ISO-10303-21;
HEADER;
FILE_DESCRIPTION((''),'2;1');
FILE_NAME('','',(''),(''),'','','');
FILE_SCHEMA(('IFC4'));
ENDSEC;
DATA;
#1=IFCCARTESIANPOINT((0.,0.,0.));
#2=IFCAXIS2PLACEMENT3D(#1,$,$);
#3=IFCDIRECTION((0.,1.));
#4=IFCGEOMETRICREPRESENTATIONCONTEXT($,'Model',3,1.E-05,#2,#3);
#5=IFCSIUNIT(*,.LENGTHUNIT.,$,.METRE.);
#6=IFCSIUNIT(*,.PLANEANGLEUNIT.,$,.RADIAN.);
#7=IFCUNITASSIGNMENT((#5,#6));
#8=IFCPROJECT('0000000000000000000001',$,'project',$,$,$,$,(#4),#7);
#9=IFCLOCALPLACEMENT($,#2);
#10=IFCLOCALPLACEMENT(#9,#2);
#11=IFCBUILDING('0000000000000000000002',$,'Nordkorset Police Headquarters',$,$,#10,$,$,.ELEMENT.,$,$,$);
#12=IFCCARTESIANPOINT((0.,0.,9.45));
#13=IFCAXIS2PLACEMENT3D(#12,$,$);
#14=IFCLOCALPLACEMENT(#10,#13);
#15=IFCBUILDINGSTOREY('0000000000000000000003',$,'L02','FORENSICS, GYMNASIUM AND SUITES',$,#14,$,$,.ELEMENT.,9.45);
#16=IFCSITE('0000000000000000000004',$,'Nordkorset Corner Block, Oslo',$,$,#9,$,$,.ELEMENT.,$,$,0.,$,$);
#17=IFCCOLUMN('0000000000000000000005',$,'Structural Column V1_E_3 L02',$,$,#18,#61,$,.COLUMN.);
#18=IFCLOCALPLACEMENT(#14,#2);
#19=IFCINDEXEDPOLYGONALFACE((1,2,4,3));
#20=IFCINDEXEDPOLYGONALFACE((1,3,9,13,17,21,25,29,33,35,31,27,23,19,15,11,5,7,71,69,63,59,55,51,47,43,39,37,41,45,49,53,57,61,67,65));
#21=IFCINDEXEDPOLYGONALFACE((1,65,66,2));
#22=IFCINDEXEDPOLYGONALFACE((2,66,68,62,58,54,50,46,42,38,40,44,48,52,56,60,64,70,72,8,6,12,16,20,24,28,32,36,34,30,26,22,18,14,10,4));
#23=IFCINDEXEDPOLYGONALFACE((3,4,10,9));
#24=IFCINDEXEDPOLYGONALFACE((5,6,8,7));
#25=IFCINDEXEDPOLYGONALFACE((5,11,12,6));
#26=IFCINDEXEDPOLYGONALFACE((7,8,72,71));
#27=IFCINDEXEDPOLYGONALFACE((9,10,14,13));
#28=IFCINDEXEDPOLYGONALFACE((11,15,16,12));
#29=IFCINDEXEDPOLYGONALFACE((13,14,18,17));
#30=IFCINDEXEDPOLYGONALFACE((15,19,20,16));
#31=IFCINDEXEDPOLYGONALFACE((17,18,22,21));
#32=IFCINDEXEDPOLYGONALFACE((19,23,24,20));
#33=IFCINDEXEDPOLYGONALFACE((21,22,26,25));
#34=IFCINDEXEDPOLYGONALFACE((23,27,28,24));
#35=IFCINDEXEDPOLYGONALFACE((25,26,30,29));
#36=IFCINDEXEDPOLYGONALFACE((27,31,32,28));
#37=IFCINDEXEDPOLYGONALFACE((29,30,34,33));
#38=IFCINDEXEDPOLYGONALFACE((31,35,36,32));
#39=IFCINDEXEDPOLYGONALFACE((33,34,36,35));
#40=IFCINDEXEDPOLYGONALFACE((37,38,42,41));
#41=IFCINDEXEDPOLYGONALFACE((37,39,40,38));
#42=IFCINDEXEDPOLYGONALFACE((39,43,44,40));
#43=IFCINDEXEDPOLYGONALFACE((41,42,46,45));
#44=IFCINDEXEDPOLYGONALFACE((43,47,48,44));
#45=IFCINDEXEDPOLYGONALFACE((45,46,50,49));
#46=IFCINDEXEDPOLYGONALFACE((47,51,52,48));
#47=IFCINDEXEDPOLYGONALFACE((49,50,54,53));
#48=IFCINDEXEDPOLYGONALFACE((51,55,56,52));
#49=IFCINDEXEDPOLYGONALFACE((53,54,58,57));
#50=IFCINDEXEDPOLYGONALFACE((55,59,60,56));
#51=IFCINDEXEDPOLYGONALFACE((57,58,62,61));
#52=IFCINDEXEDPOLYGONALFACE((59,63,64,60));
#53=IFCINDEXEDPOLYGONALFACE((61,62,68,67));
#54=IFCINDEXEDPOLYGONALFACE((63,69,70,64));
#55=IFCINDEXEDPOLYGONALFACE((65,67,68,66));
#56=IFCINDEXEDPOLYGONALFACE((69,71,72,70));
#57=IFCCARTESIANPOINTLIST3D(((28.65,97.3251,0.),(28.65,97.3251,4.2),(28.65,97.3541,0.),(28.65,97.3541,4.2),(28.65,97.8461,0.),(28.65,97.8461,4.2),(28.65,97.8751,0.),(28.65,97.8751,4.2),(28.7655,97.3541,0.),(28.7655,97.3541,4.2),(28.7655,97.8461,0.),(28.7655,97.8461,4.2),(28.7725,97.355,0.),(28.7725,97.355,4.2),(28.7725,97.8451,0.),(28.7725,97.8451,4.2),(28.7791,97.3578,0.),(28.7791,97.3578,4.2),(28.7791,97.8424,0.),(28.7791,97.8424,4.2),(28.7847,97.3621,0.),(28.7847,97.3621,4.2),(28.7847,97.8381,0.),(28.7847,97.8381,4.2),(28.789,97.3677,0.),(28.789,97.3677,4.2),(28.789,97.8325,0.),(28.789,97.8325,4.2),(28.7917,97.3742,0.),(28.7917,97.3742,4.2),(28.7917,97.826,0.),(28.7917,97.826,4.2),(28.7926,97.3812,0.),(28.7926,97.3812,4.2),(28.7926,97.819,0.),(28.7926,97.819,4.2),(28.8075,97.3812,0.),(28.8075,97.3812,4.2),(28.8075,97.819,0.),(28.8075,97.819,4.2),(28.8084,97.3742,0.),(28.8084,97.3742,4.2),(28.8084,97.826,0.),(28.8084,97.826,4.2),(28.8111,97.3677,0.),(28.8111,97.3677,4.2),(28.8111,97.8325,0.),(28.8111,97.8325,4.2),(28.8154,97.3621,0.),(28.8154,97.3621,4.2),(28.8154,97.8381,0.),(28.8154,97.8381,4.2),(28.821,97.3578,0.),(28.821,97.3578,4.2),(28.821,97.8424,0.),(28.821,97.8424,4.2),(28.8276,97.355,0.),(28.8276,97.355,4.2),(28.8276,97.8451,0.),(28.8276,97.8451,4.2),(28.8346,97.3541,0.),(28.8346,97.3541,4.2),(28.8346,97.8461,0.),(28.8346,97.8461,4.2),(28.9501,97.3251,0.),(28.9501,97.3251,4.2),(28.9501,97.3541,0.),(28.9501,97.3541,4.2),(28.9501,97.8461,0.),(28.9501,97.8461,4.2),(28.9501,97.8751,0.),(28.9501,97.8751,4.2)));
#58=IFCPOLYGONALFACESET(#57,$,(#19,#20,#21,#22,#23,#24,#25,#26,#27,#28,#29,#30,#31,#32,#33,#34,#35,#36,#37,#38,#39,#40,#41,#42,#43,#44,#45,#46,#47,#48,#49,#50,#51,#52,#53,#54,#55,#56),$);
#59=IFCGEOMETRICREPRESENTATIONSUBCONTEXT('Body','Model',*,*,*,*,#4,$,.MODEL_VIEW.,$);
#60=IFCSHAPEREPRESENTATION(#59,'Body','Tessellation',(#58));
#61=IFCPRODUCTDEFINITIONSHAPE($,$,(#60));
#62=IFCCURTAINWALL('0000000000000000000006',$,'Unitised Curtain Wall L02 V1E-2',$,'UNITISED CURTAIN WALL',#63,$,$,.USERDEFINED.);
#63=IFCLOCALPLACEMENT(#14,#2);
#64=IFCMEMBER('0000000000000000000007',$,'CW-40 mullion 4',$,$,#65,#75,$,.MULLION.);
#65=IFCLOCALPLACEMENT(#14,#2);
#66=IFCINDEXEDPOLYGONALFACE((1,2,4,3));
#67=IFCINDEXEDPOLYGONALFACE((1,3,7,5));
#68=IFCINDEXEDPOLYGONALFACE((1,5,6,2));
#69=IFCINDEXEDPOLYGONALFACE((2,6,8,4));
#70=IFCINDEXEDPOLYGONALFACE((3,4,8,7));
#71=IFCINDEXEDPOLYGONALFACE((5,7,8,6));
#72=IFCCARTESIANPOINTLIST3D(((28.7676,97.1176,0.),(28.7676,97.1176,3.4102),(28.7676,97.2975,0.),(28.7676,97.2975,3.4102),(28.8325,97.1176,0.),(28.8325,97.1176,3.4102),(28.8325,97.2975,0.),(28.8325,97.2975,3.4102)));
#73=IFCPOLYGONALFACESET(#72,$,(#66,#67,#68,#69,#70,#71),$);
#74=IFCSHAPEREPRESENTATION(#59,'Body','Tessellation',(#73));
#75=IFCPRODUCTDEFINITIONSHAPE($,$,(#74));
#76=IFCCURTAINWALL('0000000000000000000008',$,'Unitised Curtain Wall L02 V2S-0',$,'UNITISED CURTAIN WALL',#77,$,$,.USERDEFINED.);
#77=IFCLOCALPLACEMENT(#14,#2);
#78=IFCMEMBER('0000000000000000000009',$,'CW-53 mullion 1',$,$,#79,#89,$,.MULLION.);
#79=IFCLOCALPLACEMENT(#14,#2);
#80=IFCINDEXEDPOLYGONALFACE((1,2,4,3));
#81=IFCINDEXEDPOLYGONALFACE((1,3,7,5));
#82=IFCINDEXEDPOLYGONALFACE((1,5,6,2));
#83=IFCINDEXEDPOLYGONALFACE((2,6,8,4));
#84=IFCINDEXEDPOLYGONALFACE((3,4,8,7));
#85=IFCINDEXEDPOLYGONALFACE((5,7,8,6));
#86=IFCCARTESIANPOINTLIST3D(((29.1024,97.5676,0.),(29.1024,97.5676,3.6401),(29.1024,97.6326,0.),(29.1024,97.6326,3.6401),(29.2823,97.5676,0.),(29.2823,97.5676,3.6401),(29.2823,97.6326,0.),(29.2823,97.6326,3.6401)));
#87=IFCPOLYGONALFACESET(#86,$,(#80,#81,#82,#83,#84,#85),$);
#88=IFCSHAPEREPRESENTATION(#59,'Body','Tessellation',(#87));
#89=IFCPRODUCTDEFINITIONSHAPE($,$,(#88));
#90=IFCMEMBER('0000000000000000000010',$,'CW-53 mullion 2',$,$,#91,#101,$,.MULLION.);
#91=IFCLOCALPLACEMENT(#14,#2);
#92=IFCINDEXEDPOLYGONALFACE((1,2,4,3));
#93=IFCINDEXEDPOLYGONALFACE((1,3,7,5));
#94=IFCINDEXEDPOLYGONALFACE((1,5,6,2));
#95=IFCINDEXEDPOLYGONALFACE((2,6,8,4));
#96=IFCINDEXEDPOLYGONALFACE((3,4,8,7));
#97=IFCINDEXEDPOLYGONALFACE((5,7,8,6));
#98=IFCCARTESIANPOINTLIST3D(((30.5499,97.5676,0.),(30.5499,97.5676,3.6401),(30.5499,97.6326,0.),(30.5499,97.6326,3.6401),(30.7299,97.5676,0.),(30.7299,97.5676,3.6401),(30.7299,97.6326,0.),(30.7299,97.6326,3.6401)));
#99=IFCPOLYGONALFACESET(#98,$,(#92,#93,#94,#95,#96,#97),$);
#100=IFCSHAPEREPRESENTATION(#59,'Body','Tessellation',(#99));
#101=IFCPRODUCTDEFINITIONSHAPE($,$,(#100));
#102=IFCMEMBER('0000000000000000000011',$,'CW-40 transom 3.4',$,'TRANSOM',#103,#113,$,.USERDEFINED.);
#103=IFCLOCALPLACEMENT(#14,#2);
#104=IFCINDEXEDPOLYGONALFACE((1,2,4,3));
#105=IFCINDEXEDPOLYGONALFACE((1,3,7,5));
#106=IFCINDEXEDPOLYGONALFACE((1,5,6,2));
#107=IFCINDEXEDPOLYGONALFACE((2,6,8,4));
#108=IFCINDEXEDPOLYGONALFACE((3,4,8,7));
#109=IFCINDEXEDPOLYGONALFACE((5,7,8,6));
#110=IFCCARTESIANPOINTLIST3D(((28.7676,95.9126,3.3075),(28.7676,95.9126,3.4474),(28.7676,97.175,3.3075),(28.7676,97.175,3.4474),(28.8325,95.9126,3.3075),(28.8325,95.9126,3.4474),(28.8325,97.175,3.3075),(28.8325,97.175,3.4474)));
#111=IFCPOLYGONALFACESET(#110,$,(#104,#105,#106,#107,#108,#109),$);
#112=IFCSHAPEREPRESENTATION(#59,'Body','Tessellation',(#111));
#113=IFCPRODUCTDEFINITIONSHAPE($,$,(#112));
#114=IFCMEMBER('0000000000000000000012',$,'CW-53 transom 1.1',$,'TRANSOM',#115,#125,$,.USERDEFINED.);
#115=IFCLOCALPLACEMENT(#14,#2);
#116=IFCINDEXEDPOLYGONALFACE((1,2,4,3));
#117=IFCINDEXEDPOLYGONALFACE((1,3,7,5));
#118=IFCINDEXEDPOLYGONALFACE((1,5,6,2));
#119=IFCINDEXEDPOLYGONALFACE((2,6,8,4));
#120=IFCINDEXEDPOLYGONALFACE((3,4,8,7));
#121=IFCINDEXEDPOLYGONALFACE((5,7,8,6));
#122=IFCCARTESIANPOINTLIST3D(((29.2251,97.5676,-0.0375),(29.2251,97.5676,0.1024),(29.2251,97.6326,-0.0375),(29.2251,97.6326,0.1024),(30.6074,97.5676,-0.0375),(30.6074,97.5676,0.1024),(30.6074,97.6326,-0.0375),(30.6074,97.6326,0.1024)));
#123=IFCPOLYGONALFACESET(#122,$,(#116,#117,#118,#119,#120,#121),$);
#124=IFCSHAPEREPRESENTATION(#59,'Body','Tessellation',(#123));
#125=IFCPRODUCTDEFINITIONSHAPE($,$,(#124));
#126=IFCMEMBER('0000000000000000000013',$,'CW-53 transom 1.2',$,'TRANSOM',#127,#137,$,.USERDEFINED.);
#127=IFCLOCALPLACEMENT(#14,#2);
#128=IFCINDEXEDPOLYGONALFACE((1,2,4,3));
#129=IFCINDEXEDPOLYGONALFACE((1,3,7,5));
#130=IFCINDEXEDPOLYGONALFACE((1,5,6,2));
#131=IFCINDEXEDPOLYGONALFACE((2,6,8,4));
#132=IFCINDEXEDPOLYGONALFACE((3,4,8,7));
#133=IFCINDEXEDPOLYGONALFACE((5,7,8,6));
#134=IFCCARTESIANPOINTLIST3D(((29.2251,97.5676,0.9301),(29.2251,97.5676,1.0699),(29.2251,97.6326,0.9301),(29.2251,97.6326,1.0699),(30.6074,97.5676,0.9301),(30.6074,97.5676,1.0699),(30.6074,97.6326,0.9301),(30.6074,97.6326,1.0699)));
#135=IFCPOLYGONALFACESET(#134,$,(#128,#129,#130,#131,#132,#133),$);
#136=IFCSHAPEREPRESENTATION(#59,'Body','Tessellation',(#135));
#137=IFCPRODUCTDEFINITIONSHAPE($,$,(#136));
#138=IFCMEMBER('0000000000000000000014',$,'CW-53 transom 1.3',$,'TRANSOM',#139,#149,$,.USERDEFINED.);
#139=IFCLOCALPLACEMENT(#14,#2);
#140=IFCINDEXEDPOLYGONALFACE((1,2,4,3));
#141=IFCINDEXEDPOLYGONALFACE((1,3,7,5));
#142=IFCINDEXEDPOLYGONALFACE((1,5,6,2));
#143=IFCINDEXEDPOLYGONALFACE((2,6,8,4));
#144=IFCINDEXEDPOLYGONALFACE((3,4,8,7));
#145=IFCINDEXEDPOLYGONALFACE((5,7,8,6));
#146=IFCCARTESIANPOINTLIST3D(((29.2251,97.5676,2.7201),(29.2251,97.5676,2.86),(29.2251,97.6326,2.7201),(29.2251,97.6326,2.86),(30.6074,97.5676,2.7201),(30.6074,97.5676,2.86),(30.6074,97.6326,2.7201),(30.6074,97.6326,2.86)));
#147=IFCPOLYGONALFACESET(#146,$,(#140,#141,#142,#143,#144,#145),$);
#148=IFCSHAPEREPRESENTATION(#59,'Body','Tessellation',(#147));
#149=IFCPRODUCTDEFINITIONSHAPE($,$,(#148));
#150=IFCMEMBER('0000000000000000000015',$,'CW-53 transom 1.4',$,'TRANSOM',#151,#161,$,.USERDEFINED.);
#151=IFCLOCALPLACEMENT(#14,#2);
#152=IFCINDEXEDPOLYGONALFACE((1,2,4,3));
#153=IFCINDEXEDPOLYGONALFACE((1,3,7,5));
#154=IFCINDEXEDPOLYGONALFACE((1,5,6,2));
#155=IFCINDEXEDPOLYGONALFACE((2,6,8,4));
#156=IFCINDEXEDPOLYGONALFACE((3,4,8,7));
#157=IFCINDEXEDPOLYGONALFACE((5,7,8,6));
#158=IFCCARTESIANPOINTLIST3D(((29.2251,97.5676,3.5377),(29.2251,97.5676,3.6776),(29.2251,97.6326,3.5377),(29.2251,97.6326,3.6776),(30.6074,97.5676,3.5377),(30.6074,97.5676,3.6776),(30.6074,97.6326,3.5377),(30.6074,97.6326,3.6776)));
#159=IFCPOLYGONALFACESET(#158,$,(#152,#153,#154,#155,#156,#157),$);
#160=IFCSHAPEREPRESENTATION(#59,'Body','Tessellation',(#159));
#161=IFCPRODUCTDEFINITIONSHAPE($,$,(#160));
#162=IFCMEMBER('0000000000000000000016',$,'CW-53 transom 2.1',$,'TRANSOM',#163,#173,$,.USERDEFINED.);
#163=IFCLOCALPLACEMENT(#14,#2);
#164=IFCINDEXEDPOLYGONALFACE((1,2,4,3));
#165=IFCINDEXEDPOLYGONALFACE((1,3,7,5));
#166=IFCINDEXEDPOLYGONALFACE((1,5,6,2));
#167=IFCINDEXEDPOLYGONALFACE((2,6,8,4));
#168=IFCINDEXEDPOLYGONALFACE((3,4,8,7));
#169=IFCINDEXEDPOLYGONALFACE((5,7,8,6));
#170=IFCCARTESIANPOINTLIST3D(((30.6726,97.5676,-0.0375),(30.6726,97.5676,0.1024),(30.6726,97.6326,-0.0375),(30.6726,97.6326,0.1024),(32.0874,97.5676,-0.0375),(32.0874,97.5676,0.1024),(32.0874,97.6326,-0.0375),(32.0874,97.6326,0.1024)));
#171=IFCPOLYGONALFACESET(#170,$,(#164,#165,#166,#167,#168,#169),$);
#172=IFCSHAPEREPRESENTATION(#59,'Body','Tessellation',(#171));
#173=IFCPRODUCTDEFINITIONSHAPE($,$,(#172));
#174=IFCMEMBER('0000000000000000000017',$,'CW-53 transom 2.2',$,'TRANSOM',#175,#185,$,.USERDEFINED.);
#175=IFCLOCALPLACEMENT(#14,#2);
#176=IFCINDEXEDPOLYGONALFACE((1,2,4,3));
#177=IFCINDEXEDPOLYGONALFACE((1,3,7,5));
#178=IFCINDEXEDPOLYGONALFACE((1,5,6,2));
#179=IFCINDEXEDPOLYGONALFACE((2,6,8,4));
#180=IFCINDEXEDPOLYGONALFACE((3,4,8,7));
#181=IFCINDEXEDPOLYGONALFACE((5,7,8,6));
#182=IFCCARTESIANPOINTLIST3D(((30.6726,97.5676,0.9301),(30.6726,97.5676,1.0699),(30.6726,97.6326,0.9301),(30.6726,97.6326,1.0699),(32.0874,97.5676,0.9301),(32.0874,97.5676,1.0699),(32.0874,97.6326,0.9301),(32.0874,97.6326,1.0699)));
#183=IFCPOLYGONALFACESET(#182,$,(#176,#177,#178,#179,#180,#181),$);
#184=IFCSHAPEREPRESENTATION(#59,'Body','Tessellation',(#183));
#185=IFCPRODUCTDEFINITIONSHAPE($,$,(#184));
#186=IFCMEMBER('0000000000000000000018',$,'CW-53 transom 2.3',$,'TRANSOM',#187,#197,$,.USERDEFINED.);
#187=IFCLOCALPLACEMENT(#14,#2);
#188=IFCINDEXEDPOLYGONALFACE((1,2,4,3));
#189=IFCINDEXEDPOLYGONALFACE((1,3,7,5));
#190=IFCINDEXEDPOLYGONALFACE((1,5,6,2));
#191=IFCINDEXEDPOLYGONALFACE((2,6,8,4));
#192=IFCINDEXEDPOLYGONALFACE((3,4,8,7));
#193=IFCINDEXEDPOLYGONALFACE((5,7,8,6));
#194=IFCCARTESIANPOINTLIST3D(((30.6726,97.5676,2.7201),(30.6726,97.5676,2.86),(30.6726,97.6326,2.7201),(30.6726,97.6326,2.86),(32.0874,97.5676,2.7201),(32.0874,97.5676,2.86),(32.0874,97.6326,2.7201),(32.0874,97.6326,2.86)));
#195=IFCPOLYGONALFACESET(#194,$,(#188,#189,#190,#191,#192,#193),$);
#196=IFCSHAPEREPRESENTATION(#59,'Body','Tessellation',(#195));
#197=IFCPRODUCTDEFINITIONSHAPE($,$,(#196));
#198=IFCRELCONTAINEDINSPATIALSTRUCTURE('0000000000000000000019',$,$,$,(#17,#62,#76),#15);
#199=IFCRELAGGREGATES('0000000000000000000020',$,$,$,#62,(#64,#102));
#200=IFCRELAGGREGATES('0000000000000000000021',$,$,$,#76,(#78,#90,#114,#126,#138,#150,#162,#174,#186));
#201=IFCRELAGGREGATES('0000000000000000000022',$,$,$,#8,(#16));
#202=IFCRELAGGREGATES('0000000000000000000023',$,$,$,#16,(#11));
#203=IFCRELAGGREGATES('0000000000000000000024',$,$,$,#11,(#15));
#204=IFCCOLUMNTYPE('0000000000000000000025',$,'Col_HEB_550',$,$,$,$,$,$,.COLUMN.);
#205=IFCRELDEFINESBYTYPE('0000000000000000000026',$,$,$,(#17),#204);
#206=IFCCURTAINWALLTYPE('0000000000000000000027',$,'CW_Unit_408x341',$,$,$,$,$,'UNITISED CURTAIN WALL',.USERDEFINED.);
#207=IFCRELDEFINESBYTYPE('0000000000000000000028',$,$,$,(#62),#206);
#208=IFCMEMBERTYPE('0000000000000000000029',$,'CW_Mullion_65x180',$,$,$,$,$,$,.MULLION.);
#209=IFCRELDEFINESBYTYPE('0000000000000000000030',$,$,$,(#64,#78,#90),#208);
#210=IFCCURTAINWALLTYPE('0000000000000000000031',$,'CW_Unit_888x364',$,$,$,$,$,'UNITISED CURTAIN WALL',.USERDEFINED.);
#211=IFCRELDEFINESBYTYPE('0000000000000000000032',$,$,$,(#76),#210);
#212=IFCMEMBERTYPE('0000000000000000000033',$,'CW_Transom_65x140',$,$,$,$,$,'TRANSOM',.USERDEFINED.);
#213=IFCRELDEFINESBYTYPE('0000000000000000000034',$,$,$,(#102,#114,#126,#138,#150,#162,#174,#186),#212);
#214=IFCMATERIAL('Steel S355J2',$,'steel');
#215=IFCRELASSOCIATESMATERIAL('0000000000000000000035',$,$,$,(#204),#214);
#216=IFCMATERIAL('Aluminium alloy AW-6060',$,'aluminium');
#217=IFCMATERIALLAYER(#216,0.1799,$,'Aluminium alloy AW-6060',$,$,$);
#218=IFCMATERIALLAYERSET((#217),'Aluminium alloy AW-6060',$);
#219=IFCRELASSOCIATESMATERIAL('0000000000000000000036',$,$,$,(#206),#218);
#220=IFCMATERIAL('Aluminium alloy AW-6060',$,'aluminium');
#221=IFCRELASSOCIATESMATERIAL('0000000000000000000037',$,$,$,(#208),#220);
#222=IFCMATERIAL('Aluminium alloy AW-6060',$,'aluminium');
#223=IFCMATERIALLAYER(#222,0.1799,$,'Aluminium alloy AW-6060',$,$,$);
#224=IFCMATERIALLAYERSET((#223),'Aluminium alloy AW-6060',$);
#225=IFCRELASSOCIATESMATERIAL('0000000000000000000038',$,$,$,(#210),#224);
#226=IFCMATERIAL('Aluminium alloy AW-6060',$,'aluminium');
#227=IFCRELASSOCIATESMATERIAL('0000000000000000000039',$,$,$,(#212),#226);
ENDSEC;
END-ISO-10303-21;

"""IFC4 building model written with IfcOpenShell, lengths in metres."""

from ifc_helpers import new_model, si_unit, direction, frame, origin, origin_2d, place, context, subcontext, project, spatial, rectangle, i_section, extrude, material, layer, layer_set, material_profile, profile_set, type_object, element, aggregate, save


model = new_model("IFC4")

# Units and contexts
model_context = context("Model", 3, precision=1e-05, world=origin(), true_north=direction((0.0, 1.0)))
body_context = subcontext(model_context, "Body", "Model", "MODEL_VIEW")
ifc_project = project(units=[si_unit("LENGTHUNIT", "METRE"), si_unit("PLANEANGLEUNIT", "RADIAN")], contexts=[model_context])

# Site, building, storey
site_placement = place(None, origin())
site = spatial("IfcSite", under=ifc_project, at=site_placement, Name="Nordkorset Corner Block, Oslo", CompositionType="ELEMENT", RefElevation=0.0)
building_placement = place(site_placement, origin())
building = spatial("IfcBuilding", under=site, at=building_placement, Name="Nordkorset Police Headquarters", CompositionType="ELEMENT")
storey_placement = place(building_placement, frame((0.0, 0.0, 9.45)))
storey = spatial("IfcBuildingStorey", under=building, at=storey_placement, Name="L02", Description="FORENSICS, GYMNASIUM AND SUITES", CompositionType="ELEMENT", Elevation=9.45)

# Column
ifc_material_1 = material(Name="Steel S355J2", Category="steel")
ifc_material_profile_1 = material_profile(ifc_material_1, i_section(OverallWidth=0.3, OverallDepth=0.55, WebThickness=0.0149, FlangeThickness=0.0291, FilletRadius=0.0271, at=origin_2d()), Name="HEB 550")
ifc_profile_set_1 = profile_set([ifc_material_profile_1], Name="Steel S355J2")
column_type = type_object("IfcColumnType", Name="Col_HEB_550", PredefinedType="COLUMN", material=ifc_profile_set_1)
column_placement = place(storey_placement, frame((28.8, 97.6001, 0.0), z_axis=(0.0, 0.0, 1.0), x_axis=(1.0, 0.0, 0.0)))
element("IfcColumn", 1, at=column_placement, inside=storey, type_object=column_type, Name="Structural Column V1_E_3 L02", PredefinedType="COLUMN", context=body_context, shape_type="SweptSolid", body=[
    extrude(i_section(OverallWidth=0.3, OverallDepth=0.55, WebThickness=0.0149, FlangeThickness=0.0291, FilletRadius=0.0271, at=origin_2d()), origin(), (0.0, 0.0, 1.0), 4.2),
])

# Curtain wall, member
ifc_material_2 = material(Name="Aluminium alloy AW-6060", Category="aluminium")
ifc_layer_1 = layer(ifc_material_2, 0.1799, Name="Aluminium alloy AW-6060")
ifc_layer_set_1 = layer_set([ifc_layer_1], Name="Aluminium alloy AW-6060")
curtain_wall_type_1 = type_object("IfcCurtainWallType", Name="CW_Unit_408x341", ElementType="UNITISED CURTAIN WALL", PredefinedType="USERDEFINED", material=ifc_layer_set_1)
curtain_wall_1_placement = place(storey_placement, origin())
curtain_wall_1 = element("IfcCurtainWall", 2, at=curtain_wall_1_placement, inside=storey, type_object=curtain_wall_type_1, Name="Unitised Curtain Wall L02 V1E-2", ObjectType="UNITISED CURTAIN WALL", PredefinedType="USERDEFINED")
ifc_material_3 = material(Name="Aluminium alloy AW-6060", Category="aluminium")
ifc_material_profile_2 = material_profile(ifc_material_3, rectangle(XDim=0.0649, YDim=0.1799, at=origin_2d()), Name="ALU MULL 65x180")
ifc_profile_set_2 = profile_set([ifc_material_profile_2], Name="Aluminium alloy AW-6060")
member_type_1 = type_object("IfcMemberType", Name="CW_Mullion_65x180", PredefinedType="MULLION", material=ifc_profile_set_2)
member_1_placement = place(storey_placement, frame((28.8, 97.2075, 0.0), z_axis=(0.0, 0.0, 1.0), x_axis=(-1.0, 0.0, 0.0)))
member_1 = element("IfcMember", 3, at=member_1_placement, type_object=member_type_1, Name="CW-40 mullion 4", PredefinedType="MULLION", context=body_context, shape_type="SweptSolid", body=[
    extrude(rectangle(XDim=0.0649, YDim=0.1799, at=origin_2d()), origin(), (0.0, 0.0, 1.0), 3.4102),
])

# Curtain wall, members
ifc_material_4 = material(Name="Aluminium alloy AW-6060", Category="aluminium")
ifc_layer_2 = layer(ifc_material_4, 0.1799, Name="Aluminium alloy AW-6060")
ifc_layer_set_2 = layer_set([ifc_layer_2], Name="Aluminium alloy AW-6060")
curtain_wall_type_2 = type_object("IfcCurtainWallType", Name="CW_Unit_888x364", ElementType="UNITISED CURTAIN WALL", PredefinedType="USERDEFINED", material=ifc_layer_set_2)
curtain_wall_2_placement = place(storey_placement, origin())
curtain_wall_2 = element("IfcCurtainWall", 4, at=curtain_wall_2_placement, inside=storey, type_object=curtain_wall_type_2, Name="Unitised Curtain Wall L02 V2S-0", ObjectType="UNITISED CURTAIN WALL", PredefinedType="USERDEFINED")
member_2_placement = place(storey_placement, frame((29.1924, 97.6001, 0.0), z_axis=(0.0, 0.0, 1.0), x_axis=(0.0, 1.0, 0.0)))
member_2 = element("IfcMember", 5, at=member_2_placement, type_object=member_type_1, Name="CW-53 mullion 1", PredefinedType="MULLION", context=body_context, shape_type="SweptSolid", body=[
    extrude(rectangle(XDim=0.0649, YDim=0.1799, at=origin_2d()), origin(), (0.0, 0.0, 1.0), 3.6401),
])
member_3_placement = place(storey_placement, frame((30.6399, 97.6001, 0.0), z_axis=(0.0, 0.0, 1.0), x_axis=(0.0, 1.0, 0.0)))
member_3 = element("IfcMember", 6, at=member_3_placement, type_object=member_type_1, Name="CW-53 mullion 2", PredefinedType="MULLION", context=body_context, shape_type="SweptSolid", body=[
    extrude(rectangle(XDim=0.0649, YDim=0.1799, at=origin_2d()), origin(), (0.0, 0.0, 1.0), 3.6401),
])

# Members
ifc_material_5 = material(Name="Aluminium alloy AW-6060", Category="aluminium")
ifc_material_profile_3 = material_profile(ifc_material_5, rectangle(XDim=0.0649, YDim=0.1399, at=origin_2d()), Name="ALU TRAN 65x140")
ifc_profile_set_3 = profile_set([ifc_material_profile_3], Name="Aluminium alloy AW-6060")
member_type_2 = type_object("IfcMemberType", Name="CW_Transom_65x140", ElementType="TRANSOM", PredefinedType="USERDEFINED", material=ifc_profile_set_3)
member_4_placement = place(storey_placement, frame((28.8, 95.9126, 3.3774), z_axis=(0.0, 1.0, 0.0), x_axis=(-1.0, 0.0, 0.0)))
member_4 = element("IfcMember", 7, at=member_4_placement, type_object=member_type_2, Name="CW-40 transom 3.4", ObjectType="TRANSOM", PredefinedType="USERDEFINED", context=body_context, shape_type="SweptSolid", body=[
    extrude(rectangle(XDim=0.0649, YDim=0.1399, at=origin_2d()), origin(), (0.0, 0.0, 1.0), 1.2625),
])
member_5_placement = place(storey_placement, frame((29.2251, 97.6001, 0.0325), z_axis=(1.0, 0.0, 0.0), x_axis=(0.0, 1.0, 0.0)))
member_5 = element("IfcMember", 8, at=member_5_placement, type_object=member_type_2, Name="CW-53 transom 1.1", ObjectType="TRANSOM", PredefinedType="USERDEFINED", context=body_context, shape_type="SweptSolid", body=[
    extrude(rectangle(XDim=0.0649, YDim=0.1399, at=origin_2d()), origin(), (0.0, 0.0, 1.0), 1.3823),
])
member_6_placement = place(storey_placement, frame((29.2251, 97.6001, 1.0), z_axis=(1.0, 0.0, 0.0), x_axis=(0.0, 1.0, 0.0)))
member_6 = element("IfcMember", 9, at=member_6_placement, type_object=member_type_2, Name="CW-53 transom 1.2", ObjectType="TRANSOM", PredefinedType="USERDEFINED", context=body_context, shape_type="SweptSolid", body=[
    extrude(rectangle(XDim=0.0649, YDim=0.1399, at=origin_2d()), origin(), (0.0, 0.0, 1.0), 1.3823),
])
member_7_placement = place(storey_placement, frame((29.2251, 97.6001, 2.79), z_axis=(1.0, 0.0, 0.0), x_axis=(0.0, 1.0, 0.0)))
member_7 = element("IfcMember", 10, at=member_7_placement, type_object=member_type_2, Name="CW-53 transom 1.3", ObjectType="TRANSOM", PredefinedType="USERDEFINED", context=body_context, shape_type="SweptSolid", body=[
    extrude(rectangle(XDim=0.0649, YDim=0.1399, at=origin_2d()), origin(), (0.0, 0.0, 1.0), 1.3823),
])
member_8_placement = place(storey_placement, frame((29.2251, 97.6001, 3.6077), z_axis=(1.0, 0.0, 0.0), x_axis=(0.0, 1.0, 0.0)))
member_8 = element("IfcMember", 11, at=member_8_placement, type_object=member_type_2, Name="CW-53 transom 1.4", ObjectType="TRANSOM", PredefinedType="USERDEFINED", context=body_context, shape_type="SweptSolid", body=[
    extrude(rectangle(XDim=0.0649, YDim=0.1399, at=origin_2d()), origin(), (0.0, 0.0, 1.0), 1.3823),
])
member_9_placement = place(storey_placement, frame((30.6726, 97.6001, 0.0325), z_axis=(1.0, 0.0, 0.0), x_axis=(0.0, 1.0, 0.0)))
member_9 = element("IfcMember", 12, at=member_9_placement, type_object=member_type_2, Name="CW-53 transom 2.1", ObjectType="TRANSOM", PredefinedType="USERDEFINED", context=body_context, shape_type="SweptSolid", body=[
    extrude(rectangle(XDim=0.0649, YDim=0.1399, at=origin_2d()), origin(), (0.0, 0.0, 1.0), 1.4148),
])
member_10_placement = place(storey_placement, frame((30.6726, 97.6001, 1.0), z_axis=(1.0, 0.0, 0.0), x_axis=(0.0, 1.0, 0.0)))
member_10 = element("IfcMember", 13, at=member_10_placement, type_object=member_type_2, Name="CW-53 transom 2.2", ObjectType="TRANSOM", PredefinedType="USERDEFINED", context=body_context, shape_type="SweptSolid", body=[
    extrude(rectangle(XDim=0.0649, YDim=0.1399, at=origin_2d()), origin(), (0.0, 0.0, 1.0), 1.4148),
])
member_11_placement = place(storey_placement, frame((30.6726, 97.6001, 2.79), z_axis=(1.0, 0.0, 0.0), x_axis=(0.0, 1.0, 0.0)))
member_11 = element("IfcMember", 14, at=member_11_placement, type_object=member_type_2, Name="CW-53 transom 2.3", ObjectType="TRANSOM", PredefinedType="USERDEFINED", context=body_context, shape_type="SweptSolid", body=[
    extrude(rectangle(XDim=0.0649, YDim=0.1399, at=origin_2d()), origin(), (0.0, 0.0, 1.0), 1.4148),
])

aggregate(curtain_wall_1, [member_1, member_4])
aggregate(curtain_wall_2, [member_2, member_3, member_5, member_6, member_7, member_8, member_9, member_10, member_11])

save(model, "model.ifc")
